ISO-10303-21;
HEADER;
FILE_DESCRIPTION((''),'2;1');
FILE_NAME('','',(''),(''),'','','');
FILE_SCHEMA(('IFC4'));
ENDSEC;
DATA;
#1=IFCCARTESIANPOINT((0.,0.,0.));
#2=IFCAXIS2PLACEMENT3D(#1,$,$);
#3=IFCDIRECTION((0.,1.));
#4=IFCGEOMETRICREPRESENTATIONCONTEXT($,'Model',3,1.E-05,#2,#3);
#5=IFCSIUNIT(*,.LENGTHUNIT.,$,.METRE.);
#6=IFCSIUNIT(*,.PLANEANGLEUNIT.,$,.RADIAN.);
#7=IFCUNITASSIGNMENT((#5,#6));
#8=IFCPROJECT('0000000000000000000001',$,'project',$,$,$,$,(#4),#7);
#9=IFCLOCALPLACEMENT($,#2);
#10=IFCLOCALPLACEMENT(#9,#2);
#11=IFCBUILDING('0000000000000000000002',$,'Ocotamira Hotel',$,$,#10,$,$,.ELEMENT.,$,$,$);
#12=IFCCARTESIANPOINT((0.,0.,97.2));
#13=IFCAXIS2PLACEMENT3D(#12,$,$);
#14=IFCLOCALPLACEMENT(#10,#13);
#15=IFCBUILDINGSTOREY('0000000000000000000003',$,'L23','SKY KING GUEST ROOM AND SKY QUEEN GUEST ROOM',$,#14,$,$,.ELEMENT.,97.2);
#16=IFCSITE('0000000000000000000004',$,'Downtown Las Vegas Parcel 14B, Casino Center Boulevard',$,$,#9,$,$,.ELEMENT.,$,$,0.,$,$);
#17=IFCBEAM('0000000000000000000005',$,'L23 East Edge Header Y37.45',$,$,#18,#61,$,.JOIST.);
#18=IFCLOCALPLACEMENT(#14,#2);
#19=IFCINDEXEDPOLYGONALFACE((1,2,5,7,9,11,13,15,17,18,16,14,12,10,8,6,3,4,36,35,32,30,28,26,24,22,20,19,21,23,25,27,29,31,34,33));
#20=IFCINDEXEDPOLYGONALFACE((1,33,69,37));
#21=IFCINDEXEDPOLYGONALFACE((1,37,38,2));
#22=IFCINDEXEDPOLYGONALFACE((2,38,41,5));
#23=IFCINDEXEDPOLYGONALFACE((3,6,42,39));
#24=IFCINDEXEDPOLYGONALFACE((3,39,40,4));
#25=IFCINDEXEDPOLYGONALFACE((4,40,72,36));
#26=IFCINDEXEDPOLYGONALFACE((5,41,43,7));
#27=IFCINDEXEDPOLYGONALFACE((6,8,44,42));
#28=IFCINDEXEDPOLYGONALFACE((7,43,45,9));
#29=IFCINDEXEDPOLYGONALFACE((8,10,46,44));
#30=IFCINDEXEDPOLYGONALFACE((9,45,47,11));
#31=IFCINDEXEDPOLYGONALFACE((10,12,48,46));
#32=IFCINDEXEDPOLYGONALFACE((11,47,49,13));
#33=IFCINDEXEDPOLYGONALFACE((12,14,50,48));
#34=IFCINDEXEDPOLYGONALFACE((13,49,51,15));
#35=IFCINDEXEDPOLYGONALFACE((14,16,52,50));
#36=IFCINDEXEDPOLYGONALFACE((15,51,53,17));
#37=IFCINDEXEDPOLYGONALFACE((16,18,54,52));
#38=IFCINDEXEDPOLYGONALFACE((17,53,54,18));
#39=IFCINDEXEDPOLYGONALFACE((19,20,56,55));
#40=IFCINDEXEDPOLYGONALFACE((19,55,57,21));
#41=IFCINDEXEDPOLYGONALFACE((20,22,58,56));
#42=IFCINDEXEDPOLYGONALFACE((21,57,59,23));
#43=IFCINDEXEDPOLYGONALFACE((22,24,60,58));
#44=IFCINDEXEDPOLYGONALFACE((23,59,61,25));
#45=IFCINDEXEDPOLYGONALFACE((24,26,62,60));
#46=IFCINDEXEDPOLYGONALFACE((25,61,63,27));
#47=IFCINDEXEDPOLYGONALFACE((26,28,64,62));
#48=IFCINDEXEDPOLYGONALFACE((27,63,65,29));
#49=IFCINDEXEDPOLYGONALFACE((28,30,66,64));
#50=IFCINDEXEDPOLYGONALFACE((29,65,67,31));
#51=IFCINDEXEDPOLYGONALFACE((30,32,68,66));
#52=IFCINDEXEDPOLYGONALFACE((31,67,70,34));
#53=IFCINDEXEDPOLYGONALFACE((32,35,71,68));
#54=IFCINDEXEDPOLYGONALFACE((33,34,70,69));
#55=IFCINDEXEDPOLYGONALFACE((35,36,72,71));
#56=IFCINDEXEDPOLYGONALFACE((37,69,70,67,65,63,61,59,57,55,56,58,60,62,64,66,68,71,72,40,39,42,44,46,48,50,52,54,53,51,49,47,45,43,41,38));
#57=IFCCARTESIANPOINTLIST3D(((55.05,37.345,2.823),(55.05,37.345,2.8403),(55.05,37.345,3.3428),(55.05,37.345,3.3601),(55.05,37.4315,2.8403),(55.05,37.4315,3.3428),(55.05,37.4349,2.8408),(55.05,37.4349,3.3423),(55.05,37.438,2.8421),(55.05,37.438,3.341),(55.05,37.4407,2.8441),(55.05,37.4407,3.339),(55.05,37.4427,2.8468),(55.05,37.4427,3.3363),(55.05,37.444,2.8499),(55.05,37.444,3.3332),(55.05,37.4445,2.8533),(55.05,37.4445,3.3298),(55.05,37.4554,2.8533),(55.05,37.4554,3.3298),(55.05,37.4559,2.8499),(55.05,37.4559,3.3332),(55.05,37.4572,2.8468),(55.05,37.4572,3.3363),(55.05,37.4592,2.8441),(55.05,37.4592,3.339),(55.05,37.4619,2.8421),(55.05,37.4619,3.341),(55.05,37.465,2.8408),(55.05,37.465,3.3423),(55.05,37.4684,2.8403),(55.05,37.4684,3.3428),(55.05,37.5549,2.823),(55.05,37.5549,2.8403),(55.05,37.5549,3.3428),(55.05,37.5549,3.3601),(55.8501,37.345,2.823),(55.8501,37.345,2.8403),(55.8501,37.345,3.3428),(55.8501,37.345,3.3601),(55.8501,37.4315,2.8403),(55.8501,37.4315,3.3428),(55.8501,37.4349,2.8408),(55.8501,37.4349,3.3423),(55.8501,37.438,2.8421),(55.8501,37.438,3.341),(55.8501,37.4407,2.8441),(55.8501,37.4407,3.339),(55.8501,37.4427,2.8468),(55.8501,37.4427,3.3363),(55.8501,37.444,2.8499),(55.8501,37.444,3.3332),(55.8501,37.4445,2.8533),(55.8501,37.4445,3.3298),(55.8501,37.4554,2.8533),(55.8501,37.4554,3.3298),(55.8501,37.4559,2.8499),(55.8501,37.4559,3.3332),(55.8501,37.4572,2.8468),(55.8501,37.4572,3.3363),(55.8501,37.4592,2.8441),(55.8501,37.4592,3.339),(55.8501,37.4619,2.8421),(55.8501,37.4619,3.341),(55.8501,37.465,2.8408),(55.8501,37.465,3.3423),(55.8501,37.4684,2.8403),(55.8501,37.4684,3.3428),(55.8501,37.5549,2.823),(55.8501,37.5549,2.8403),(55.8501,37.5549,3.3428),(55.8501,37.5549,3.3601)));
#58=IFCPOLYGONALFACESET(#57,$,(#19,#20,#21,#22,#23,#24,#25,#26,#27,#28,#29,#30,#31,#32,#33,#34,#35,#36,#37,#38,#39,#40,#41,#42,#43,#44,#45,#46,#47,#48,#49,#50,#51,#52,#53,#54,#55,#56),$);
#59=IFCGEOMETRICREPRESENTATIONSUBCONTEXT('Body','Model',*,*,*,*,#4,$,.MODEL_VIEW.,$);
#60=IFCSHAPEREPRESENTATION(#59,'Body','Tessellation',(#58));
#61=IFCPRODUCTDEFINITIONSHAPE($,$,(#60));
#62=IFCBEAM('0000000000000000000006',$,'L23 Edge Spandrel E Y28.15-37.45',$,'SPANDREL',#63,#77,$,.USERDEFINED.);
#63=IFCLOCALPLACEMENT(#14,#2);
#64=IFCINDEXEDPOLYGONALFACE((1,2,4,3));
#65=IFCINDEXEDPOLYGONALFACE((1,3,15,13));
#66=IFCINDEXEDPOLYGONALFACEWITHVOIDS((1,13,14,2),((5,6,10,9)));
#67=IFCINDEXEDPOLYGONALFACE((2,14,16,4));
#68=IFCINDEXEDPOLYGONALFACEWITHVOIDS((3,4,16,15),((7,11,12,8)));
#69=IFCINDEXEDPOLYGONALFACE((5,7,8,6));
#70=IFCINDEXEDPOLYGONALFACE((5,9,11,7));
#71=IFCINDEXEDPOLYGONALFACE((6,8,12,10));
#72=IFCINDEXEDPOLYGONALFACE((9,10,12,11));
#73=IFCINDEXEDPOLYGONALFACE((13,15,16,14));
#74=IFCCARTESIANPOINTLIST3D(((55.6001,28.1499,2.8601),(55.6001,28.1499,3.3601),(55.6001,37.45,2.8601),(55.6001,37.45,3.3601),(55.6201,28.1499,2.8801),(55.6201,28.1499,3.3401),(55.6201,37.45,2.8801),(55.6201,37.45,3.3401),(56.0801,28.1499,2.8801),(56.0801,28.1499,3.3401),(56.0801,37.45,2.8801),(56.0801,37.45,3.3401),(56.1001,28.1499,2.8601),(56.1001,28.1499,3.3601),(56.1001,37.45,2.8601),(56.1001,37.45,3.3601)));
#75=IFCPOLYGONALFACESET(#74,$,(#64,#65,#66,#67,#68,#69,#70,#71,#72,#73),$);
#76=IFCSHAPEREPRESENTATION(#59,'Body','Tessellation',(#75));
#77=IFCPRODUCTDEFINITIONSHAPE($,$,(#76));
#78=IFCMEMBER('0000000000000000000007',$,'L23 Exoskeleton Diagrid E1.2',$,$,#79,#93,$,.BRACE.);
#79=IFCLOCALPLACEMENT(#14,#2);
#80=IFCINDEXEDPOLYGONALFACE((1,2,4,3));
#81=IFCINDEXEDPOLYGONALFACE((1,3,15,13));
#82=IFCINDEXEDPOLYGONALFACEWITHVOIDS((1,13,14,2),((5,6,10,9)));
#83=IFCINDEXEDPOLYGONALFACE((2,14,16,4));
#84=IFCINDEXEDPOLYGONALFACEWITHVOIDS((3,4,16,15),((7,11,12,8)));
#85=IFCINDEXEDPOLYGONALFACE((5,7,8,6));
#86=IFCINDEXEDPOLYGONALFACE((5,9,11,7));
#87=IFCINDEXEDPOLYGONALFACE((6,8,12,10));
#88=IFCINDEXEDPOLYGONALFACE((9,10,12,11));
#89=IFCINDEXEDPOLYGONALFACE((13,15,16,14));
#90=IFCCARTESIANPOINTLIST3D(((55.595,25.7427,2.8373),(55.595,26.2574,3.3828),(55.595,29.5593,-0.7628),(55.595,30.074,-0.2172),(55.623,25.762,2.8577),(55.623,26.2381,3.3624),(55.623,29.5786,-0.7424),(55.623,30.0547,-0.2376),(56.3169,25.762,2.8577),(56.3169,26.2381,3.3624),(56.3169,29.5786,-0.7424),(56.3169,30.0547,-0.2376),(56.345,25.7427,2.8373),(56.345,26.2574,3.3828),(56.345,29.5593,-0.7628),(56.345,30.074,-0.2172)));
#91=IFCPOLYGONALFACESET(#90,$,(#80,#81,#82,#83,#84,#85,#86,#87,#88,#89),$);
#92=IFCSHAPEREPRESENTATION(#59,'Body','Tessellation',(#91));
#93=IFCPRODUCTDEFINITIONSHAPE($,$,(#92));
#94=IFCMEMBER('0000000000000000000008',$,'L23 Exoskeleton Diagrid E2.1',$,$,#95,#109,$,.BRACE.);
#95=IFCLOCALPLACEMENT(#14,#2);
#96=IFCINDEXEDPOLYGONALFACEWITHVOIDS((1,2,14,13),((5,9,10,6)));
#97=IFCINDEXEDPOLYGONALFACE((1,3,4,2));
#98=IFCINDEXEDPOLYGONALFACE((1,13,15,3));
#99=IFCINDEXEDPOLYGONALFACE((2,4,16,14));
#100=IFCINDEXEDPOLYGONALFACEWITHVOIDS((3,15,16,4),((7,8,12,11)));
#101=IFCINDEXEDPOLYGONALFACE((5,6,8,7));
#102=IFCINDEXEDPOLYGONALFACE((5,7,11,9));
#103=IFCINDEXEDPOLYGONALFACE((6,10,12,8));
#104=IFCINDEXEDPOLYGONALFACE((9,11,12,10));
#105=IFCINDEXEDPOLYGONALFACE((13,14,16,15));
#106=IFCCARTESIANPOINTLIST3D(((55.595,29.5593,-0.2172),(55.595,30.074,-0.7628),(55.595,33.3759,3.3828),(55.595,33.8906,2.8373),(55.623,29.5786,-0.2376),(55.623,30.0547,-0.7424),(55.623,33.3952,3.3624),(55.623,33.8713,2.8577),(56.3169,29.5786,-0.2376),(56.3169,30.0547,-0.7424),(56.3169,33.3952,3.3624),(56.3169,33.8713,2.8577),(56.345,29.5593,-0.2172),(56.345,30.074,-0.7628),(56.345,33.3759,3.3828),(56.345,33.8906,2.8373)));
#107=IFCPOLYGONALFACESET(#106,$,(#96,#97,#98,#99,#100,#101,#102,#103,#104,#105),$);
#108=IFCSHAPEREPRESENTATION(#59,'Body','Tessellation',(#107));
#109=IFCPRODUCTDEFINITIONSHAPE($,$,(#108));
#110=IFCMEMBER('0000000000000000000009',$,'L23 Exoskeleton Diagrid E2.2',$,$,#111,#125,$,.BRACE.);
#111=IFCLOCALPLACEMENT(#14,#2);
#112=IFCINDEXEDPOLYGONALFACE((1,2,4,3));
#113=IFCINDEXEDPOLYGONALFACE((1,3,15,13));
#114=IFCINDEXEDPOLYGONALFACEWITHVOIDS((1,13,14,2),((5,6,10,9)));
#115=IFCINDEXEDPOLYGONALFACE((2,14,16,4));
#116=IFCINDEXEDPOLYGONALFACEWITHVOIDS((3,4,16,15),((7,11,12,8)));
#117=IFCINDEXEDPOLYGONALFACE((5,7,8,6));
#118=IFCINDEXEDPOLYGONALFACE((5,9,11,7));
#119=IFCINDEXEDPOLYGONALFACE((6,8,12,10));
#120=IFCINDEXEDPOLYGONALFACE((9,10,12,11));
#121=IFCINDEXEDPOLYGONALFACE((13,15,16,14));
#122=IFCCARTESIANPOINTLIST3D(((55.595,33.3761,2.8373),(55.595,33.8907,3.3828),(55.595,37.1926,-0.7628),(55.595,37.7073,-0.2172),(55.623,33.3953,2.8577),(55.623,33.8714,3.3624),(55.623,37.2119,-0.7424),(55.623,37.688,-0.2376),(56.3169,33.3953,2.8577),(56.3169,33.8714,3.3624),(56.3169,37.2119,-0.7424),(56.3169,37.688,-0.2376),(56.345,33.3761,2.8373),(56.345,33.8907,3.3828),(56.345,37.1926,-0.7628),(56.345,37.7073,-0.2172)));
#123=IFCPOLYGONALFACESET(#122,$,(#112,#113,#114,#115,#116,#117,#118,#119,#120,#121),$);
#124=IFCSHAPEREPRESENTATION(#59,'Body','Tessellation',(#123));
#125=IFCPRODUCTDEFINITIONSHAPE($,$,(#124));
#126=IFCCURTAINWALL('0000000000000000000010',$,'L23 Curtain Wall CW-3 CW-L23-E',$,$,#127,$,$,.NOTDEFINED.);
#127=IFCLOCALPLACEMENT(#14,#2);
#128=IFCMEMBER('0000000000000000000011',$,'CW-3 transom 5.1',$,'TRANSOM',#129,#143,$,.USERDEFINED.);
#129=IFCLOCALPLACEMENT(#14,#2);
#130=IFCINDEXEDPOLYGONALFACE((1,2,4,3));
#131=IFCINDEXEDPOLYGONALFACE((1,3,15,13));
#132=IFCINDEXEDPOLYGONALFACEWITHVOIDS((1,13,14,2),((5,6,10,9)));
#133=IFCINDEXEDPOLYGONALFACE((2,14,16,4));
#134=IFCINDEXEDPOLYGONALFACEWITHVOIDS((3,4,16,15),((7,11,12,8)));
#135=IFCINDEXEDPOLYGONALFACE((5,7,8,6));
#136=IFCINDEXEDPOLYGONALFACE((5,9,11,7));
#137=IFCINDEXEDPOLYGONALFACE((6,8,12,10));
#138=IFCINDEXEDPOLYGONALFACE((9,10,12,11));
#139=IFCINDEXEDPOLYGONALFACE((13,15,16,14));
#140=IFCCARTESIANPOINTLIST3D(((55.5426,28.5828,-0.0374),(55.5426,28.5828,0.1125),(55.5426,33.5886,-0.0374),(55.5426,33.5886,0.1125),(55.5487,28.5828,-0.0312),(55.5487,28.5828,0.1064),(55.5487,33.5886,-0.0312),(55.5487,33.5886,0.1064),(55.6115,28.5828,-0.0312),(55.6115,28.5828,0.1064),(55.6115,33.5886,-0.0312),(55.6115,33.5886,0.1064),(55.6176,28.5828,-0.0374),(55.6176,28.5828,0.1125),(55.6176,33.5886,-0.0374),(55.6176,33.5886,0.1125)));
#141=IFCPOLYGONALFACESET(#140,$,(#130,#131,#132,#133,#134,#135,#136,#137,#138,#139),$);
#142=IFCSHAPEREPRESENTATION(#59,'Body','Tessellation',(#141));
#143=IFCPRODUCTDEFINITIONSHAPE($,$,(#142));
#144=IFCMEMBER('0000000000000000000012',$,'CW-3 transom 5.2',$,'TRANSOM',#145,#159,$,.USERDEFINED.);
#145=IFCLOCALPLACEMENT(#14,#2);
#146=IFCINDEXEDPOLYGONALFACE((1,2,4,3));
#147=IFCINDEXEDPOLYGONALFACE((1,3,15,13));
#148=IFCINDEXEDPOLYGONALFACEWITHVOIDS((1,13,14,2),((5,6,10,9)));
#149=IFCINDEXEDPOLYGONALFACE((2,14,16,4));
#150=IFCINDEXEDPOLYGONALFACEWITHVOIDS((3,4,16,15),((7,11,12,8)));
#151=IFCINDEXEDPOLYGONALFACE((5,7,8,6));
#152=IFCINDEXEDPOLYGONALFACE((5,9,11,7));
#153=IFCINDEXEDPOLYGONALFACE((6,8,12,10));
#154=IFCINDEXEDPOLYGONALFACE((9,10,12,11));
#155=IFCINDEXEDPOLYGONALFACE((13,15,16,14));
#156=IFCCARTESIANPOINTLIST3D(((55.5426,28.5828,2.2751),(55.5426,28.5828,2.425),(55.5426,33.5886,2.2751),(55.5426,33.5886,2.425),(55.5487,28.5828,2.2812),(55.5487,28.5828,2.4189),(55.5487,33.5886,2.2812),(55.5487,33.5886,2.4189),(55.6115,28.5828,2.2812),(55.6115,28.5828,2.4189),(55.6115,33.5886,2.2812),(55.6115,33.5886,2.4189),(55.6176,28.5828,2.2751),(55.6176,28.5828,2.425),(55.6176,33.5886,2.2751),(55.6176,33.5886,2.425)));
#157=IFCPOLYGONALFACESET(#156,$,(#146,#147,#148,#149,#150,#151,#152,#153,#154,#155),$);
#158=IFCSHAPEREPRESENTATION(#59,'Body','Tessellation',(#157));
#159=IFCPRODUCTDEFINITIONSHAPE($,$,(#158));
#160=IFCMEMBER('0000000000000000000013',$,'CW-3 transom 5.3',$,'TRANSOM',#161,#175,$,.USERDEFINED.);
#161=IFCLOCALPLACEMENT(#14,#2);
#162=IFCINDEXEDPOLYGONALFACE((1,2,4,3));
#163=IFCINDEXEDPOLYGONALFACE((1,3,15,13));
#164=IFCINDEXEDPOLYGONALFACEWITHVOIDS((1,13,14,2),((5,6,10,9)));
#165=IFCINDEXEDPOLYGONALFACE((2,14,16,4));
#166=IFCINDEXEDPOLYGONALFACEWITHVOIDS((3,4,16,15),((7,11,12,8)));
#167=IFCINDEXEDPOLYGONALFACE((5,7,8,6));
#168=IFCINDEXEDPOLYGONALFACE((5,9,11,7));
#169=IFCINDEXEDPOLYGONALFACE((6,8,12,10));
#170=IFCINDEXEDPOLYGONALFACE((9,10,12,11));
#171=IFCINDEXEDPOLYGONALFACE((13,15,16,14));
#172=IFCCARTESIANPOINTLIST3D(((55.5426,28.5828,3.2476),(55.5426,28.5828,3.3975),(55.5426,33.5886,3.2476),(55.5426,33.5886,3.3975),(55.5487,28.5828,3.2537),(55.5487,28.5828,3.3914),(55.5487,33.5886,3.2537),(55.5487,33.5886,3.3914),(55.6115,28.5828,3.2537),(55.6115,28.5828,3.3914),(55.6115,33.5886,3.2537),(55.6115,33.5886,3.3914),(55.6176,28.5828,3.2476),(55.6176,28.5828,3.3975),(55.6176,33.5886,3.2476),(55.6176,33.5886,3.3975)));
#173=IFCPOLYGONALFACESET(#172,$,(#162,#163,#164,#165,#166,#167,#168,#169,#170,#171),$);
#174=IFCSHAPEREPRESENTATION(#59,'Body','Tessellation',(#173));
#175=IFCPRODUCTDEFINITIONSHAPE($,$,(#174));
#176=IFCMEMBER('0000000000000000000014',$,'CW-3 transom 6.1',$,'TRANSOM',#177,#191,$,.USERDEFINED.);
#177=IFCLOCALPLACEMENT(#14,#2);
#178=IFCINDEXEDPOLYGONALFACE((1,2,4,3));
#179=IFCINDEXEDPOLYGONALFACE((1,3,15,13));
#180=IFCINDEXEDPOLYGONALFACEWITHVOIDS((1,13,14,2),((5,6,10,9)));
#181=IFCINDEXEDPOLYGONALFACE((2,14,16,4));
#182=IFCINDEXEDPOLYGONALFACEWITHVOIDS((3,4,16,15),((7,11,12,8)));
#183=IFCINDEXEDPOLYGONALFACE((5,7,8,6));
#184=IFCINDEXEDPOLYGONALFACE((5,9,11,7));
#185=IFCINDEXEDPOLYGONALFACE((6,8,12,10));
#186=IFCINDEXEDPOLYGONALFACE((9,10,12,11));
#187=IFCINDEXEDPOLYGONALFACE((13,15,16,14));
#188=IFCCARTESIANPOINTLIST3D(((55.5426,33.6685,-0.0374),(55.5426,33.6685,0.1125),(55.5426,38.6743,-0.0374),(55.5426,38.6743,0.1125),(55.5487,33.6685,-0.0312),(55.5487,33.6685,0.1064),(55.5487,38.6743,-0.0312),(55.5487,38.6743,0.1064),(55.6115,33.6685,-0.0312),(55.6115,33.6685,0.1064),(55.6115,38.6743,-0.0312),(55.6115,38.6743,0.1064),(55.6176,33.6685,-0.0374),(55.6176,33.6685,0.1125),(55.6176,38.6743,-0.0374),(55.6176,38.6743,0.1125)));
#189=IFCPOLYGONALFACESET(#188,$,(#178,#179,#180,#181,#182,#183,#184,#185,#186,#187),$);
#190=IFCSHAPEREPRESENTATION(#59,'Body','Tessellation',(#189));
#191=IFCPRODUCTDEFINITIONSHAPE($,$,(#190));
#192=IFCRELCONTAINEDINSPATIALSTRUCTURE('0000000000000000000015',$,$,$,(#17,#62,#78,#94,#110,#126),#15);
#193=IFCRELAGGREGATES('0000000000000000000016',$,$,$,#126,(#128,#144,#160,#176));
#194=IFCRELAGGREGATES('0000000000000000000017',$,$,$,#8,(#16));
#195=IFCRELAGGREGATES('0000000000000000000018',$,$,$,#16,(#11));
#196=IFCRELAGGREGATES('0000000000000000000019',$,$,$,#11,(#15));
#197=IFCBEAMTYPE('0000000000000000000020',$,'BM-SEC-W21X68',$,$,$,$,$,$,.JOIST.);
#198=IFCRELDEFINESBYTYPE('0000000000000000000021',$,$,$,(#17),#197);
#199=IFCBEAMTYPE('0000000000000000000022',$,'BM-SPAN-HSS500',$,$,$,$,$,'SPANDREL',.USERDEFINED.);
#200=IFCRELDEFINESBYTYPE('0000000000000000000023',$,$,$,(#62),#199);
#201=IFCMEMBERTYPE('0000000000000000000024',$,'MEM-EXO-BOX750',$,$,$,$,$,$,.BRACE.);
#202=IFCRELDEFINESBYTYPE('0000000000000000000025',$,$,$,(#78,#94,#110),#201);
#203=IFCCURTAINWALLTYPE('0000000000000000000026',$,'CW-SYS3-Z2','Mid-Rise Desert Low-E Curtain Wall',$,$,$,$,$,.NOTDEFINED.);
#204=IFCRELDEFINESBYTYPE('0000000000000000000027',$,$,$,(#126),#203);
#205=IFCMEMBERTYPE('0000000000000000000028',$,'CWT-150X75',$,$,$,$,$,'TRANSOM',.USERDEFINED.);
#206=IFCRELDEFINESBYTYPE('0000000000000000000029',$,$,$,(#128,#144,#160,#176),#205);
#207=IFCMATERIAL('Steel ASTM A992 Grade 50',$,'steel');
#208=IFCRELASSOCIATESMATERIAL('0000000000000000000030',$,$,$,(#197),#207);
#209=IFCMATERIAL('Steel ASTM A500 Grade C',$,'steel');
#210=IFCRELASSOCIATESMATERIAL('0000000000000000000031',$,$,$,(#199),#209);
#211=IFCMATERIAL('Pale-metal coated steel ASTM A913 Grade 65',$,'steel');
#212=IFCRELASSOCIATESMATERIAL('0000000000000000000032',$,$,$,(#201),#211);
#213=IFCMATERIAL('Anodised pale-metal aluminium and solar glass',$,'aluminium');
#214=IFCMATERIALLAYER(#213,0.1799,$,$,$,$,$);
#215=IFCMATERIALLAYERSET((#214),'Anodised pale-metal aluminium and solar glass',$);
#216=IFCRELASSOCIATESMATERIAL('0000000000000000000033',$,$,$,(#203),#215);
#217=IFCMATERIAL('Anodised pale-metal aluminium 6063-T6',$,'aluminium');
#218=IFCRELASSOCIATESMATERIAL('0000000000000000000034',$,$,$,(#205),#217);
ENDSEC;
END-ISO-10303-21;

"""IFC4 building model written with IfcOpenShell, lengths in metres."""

from ifc_helpers import new_model, si_unit, direction, frame, origin, origin_2d, place, context, subcontext, project, spatial, hollow_rectangle, i_section, extrude, source, transform, mapped, material, layer, layer_set, material_profile, profile_set, type_object, element, aggregate, save


model = new_model("IFC4")

# Units and contexts
model_context = context("Model", 3, precision=1e-05, world=origin(), true_north=direction((0.0, 1.0)))
body_context = subcontext(model_context, "Body", "Model", "MODEL_VIEW")
ifc_project = project(units=[si_unit("LENGTHUNIT", "METRE"), si_unit("PLANEANGLEUNIT", "RADIAN")], contexts=[model_context])

# Site, building, storey
site_placement = place(None, origin())
site = spatial("IfcSite", under=ifc_project, at=site_placement, Name="Downtown Las Vegas Parcel 14B, Casino Center Boulevard", CompositionType="ELEMENT", RefElevation=0.0)
building_placement = place(site_placement, origin())
building = spatial("IfcBuilding", under=site, at=building_placement, Name="Ocotamira Hotel", CompositionType="ELEMENT")
storey_placement = place(building_placement, frame((0.0, 0.0, 97.2)))
storey = spatial("IfcBuildingStorey", under=building, at=storey_placement, Name="L23", Description="SKY KING GUEST ROOM AND SKY QUEEN GUEST ROOM", CompositionType="ELEMENT", Elevation=97.2)

# Beams
ifc_material_1 = material(Name="Steel ASTM A500 Grade C", Category="steel")
ifc_material_2 = material(Name="Steel ASTM A992 Grade 50", Category="steel")
ifc_material_profile_1 = material_profile(ifc_material_2, i_section(OverallWidth=0.21, OverallDepth=0.5371, WebThickness=0.011, FlangeThickness=0.0173, FilletRadius=0.0129, at=origin_2d()), Name="W21X68")
ifc_profile_set_1 = profile_set([ifc_material_profile_1], Name="Steel ASTM A992 Grade 50")
beam_type_1 = type_object("IfcBeamType", Name="BM-SEC-W21X68", PredefinedType="JOIST", material=ifc_profile_set_1)
shared_shape_1 = source(origin(), body_context, "Body", "SweptSolid", [
    extrude(i_section(OverallWidth=0.21, OverallDepth=0.5371, WebThickness=0.011, FlangeThickness=0.0173, FilletRadius=0.0129, at=origin_2d()), origin(), (0.0, 0.0, 1.0), 0.8),
])
for number, where, z_axis, x_axis, name in (
    (1, (55.05, 37.45, 3.0916), (1.0, 0.0, 0.0), (0.0, 1.0, 0.0), "L23 East Edge Header Y37.45"),
):
    element("IfcBeam", number, at=place(storey_placement, frame(where, z_axis=z_axis, x_axis=x_axis)), inside=storey, type_object=beam_type_1, Name=name, PredefinedType="JOIST", context=body_context, shape_type="MappedRepresentation", body=[
        mapped(shared_shape_1, transform((0.0, 0.0, 0.0), scale=1.0)),
    ])
ifc_material_profile_2 = material_profile(ifc_material_1, hollow_rectangle(XDim=0.5, YDim=0.5, WallThickness=0.02, at=origin_2d()), Name="HSS500X500X20")
ifc_profile_set_2 = profile_set([ifc_material_profile_2], Name="Steel ASTM A500 Grade C")
beam_type_2 = type_object("IfcBeamType", Name="BM-SPAN-HSS500", ElementType="SPANDREL", PredefinedType="USERDEFINED", material=ifc_profile_set_2)
shared_shape_2 = source(origin(), body_context, "Body", "SweptSolid", [
    extrude(hollow_rectangle(XDim=0.5, YDim=0.5, WallThickness=0.02, at=origin_2d()), origin(), (0.0, 0.0, 1.0), 9.3),
])
beam_1_placement = place(storey_placement, frame((55.8501, 28.1499, 3.1101), z_axis=(0.0, 1.0, 0.0), x_axis=(-1.0, 0.0, 0.0)))
element("IfcBeam", 2, at=beam_1_placement, inside=storey, type_object=beam_type_2, Name="L23 Edge Spandrel E Y28.15-37.45", ObjectType="SPANDREL", PredefinedType="USERDEFINED", context=body_context, shape_type="MappedRepresentation", body=[
    mapped(shared_shape_2, transform((0.0, 0.0, 0.0), scale=1.0)),
])

# Members
ifc_material_3 = material(Name="Pale-metal coated steel ASTM A913 Grade 65", Category="steel")
ifc_material_profile_3 = material_profile(ifc_material_3, hollow_rectangle(XDim=0.75, YDim=0.75, WallThickness=0.0281, at=origin_2d()), Name="BOX750X750X28")
ifc_profile_set_3 = profile_set([ifc_material_profile_3], Name="Pale-metal coated steel ASTM A913 Grade 65")
member_type_1 = type_object("IfcMemberType", Name="MEM-EXO-BOX750", PredefinedType="BRACE", material=ifc_profile_set_3)
shared_shape_3 = source(origin(), body_context, "Body", "SweptSolid", [
    extrude(hollow_rectangle(XDim=0.75, YDim=0.75, WallThickness=0.0281, at=origin_2d()), origin(), (0.0, 0.0, 1.0), 5.2466),
])
for number, where, z_axis, x_axis, name in (
    (3, (55.97, 29.8167, -0.49), (0.0, -0.727443, 0.686168), (1.0, 0.0, 0.0), "L23 Exoskeleton Diagrid E1.2"),
    (4, (55.97, 29.8167, -0.49), (0.0, 0.727443, 0.686168), (-1.0, 0.0, 0.0), "L23 Exoskeleton Diagrid E2.1"),
    (5, (55.97, 37.45, -0.49), (0.0, -0.727443, 0.686168), (1.0, 0.0, 0.0), "L23 Exoskeleton Diagrid E2.2"),
):
    element("IfcMember", number, at=place(storey_placement, frame(where, z_axis=z_axis, x_axis=x_axis)), inside=storey, type_object=member_type_1, Name=name, PredefinedType="BRACE", context=body_context, shape_type="MappedRepresentation", body=[
        mapped(shared_shape_3, transform((0.0, 0.0, 0.0), scale=1.0)),
    ])

# Curtain wall, members
ifc_material_4 = material(Name="Anodised pale-metal aluminium and solar glass", Category="aluminium")
ifc_layer_1 = layer(ifc_material_4, 0.1799)
ifc_layer_set_1 = layer_set([ifc_layer_1], Name="Anodised pale-metal aluminium and solar glass")
curtain_wall_type = type_object("IfcCurtainWallType", Name="CW-SYS3-Z2", Description="Mid-Rise Desert Low-E Curtain Wall", PredefinedType="NOTDEFINED", material=ifc_layer_set_1)
curtain_wall_placement = place(storey_placement, origin())
curtain_wall = element("IfcCurtainWall", 6, at=curtain_wall_placement, inside=storey, type_object=curtain_wall_type, Name="L23 Curtain Wall CW-3 CW-L23-E", PredefinedType="NOTDEFINED")
ifc_material_5 = material(Name="Anodised pale-metal aluminium 6063-T6", Category="aluminium")
ifc_material_profile_4 = material_profile(ifc_material_5, hollow_rectangle(XDim=0.075, YDim=0.1499, WallThickness=0.0061, at=origin_2d()), Name="HSS150X75X6")
ifc_profile_set_4 = profile_set([ifc_material_profile_4], Name="Anodised pale-metal aluminium 6063-T6")
member_type_2 = type_object("IfcMemberType", Name="CWT-150X75", ElementType="TRANSOM", PredefinedType="USERDEFINED", material=ifc_profile_set_4)
shared_shape_4 = source(origin(), body_context, "Body", "SweptSolid", [
    extrude(hollow_rectangle(XDim=0.075, YDim=0.1499, WallThickness=0.0061, at=origin_2d()), origin(), (0.0, 0.0, 1.0), 5.0059),
])
member_1_placement = place(storey_placement, frame((55.5801, 28.5828, 0.0376), z_axis=(0.0, 1.0, 0.0), x_axis=(-1.0, 0.0, 0.0)))
member_1 = element("IfcMember", 7, at=member_1_placement, type_object=member_type_2, Name="CW-3 transom 5.1", ObjectType="TRANSOM", PredefinedType="USERDEFINED", context=body_context, shape_type="MappedRepresentation", body=[
    mapped(shared_shape_4, transform((0.0, 0.0, 0.0), scale=1.0)),
])
member_2_placement = place(storey_placement, frame((55.5801, 28.5828, 2.3501), z_axis=(0.0, 1.0, 0.0), x_axis=(-1.0, 0.0, 0.0)))
member_2 = element("IfcMember", 8, at=member_2_placement, type_object=member_type_2, Name="CW-3 transom 5.2", ObjectType="TRANSOM", PredefinedType="USERDEFINED", context=body_context, shape_type="MappedRepresentation", body=[
    mapped(shared_shape_4, transform((0.0, 0.0, 0.0), scale=1.0)),
])
member_3_placement = place(storey_placement, frame((55.5801, 28.5828, 3.3225), z_axis=(0.0, 1.0, 0.0), x_axis=(-1.0, 0.0, 0.0)))
member_3 = element("IfcMember", 9, at=member_3_placement, type_object=member_type_2, Name="CW-3 transom 5.3", ObjectType="TRANSOM", PredefinedType="USERDEFINED", context=body_context, shape_type="MappedRepresentation", body=[
    mapped(shared_shape_4, transform((0.0, 0.0, 0.0), scale=1.0)),
])
member_4_placement = place(storey_placement, frame((55.5801, 33.6685, 0.0376), z_axis=(0.0, 1.0, 0.0), x_axis=(-1.0, 0.0, 0.0)))
member_4 = element("IfcMember", 10, at=member_4_placement, type_object=member_type_2, Name="CW-3 transom 6.1", ObjectType="TRANSOM", PredefinedType="USERDEFINED", context=body_context, shape_type="MappedRepresentation", body=[
    mapped(shared_shape_4, transform((0.0, 0.0, 0.0), scale=1.0)),
])

aggregate(curtain_wall, [member_1, member_2, member_3, member_4])

save(model, "model.ifc")
